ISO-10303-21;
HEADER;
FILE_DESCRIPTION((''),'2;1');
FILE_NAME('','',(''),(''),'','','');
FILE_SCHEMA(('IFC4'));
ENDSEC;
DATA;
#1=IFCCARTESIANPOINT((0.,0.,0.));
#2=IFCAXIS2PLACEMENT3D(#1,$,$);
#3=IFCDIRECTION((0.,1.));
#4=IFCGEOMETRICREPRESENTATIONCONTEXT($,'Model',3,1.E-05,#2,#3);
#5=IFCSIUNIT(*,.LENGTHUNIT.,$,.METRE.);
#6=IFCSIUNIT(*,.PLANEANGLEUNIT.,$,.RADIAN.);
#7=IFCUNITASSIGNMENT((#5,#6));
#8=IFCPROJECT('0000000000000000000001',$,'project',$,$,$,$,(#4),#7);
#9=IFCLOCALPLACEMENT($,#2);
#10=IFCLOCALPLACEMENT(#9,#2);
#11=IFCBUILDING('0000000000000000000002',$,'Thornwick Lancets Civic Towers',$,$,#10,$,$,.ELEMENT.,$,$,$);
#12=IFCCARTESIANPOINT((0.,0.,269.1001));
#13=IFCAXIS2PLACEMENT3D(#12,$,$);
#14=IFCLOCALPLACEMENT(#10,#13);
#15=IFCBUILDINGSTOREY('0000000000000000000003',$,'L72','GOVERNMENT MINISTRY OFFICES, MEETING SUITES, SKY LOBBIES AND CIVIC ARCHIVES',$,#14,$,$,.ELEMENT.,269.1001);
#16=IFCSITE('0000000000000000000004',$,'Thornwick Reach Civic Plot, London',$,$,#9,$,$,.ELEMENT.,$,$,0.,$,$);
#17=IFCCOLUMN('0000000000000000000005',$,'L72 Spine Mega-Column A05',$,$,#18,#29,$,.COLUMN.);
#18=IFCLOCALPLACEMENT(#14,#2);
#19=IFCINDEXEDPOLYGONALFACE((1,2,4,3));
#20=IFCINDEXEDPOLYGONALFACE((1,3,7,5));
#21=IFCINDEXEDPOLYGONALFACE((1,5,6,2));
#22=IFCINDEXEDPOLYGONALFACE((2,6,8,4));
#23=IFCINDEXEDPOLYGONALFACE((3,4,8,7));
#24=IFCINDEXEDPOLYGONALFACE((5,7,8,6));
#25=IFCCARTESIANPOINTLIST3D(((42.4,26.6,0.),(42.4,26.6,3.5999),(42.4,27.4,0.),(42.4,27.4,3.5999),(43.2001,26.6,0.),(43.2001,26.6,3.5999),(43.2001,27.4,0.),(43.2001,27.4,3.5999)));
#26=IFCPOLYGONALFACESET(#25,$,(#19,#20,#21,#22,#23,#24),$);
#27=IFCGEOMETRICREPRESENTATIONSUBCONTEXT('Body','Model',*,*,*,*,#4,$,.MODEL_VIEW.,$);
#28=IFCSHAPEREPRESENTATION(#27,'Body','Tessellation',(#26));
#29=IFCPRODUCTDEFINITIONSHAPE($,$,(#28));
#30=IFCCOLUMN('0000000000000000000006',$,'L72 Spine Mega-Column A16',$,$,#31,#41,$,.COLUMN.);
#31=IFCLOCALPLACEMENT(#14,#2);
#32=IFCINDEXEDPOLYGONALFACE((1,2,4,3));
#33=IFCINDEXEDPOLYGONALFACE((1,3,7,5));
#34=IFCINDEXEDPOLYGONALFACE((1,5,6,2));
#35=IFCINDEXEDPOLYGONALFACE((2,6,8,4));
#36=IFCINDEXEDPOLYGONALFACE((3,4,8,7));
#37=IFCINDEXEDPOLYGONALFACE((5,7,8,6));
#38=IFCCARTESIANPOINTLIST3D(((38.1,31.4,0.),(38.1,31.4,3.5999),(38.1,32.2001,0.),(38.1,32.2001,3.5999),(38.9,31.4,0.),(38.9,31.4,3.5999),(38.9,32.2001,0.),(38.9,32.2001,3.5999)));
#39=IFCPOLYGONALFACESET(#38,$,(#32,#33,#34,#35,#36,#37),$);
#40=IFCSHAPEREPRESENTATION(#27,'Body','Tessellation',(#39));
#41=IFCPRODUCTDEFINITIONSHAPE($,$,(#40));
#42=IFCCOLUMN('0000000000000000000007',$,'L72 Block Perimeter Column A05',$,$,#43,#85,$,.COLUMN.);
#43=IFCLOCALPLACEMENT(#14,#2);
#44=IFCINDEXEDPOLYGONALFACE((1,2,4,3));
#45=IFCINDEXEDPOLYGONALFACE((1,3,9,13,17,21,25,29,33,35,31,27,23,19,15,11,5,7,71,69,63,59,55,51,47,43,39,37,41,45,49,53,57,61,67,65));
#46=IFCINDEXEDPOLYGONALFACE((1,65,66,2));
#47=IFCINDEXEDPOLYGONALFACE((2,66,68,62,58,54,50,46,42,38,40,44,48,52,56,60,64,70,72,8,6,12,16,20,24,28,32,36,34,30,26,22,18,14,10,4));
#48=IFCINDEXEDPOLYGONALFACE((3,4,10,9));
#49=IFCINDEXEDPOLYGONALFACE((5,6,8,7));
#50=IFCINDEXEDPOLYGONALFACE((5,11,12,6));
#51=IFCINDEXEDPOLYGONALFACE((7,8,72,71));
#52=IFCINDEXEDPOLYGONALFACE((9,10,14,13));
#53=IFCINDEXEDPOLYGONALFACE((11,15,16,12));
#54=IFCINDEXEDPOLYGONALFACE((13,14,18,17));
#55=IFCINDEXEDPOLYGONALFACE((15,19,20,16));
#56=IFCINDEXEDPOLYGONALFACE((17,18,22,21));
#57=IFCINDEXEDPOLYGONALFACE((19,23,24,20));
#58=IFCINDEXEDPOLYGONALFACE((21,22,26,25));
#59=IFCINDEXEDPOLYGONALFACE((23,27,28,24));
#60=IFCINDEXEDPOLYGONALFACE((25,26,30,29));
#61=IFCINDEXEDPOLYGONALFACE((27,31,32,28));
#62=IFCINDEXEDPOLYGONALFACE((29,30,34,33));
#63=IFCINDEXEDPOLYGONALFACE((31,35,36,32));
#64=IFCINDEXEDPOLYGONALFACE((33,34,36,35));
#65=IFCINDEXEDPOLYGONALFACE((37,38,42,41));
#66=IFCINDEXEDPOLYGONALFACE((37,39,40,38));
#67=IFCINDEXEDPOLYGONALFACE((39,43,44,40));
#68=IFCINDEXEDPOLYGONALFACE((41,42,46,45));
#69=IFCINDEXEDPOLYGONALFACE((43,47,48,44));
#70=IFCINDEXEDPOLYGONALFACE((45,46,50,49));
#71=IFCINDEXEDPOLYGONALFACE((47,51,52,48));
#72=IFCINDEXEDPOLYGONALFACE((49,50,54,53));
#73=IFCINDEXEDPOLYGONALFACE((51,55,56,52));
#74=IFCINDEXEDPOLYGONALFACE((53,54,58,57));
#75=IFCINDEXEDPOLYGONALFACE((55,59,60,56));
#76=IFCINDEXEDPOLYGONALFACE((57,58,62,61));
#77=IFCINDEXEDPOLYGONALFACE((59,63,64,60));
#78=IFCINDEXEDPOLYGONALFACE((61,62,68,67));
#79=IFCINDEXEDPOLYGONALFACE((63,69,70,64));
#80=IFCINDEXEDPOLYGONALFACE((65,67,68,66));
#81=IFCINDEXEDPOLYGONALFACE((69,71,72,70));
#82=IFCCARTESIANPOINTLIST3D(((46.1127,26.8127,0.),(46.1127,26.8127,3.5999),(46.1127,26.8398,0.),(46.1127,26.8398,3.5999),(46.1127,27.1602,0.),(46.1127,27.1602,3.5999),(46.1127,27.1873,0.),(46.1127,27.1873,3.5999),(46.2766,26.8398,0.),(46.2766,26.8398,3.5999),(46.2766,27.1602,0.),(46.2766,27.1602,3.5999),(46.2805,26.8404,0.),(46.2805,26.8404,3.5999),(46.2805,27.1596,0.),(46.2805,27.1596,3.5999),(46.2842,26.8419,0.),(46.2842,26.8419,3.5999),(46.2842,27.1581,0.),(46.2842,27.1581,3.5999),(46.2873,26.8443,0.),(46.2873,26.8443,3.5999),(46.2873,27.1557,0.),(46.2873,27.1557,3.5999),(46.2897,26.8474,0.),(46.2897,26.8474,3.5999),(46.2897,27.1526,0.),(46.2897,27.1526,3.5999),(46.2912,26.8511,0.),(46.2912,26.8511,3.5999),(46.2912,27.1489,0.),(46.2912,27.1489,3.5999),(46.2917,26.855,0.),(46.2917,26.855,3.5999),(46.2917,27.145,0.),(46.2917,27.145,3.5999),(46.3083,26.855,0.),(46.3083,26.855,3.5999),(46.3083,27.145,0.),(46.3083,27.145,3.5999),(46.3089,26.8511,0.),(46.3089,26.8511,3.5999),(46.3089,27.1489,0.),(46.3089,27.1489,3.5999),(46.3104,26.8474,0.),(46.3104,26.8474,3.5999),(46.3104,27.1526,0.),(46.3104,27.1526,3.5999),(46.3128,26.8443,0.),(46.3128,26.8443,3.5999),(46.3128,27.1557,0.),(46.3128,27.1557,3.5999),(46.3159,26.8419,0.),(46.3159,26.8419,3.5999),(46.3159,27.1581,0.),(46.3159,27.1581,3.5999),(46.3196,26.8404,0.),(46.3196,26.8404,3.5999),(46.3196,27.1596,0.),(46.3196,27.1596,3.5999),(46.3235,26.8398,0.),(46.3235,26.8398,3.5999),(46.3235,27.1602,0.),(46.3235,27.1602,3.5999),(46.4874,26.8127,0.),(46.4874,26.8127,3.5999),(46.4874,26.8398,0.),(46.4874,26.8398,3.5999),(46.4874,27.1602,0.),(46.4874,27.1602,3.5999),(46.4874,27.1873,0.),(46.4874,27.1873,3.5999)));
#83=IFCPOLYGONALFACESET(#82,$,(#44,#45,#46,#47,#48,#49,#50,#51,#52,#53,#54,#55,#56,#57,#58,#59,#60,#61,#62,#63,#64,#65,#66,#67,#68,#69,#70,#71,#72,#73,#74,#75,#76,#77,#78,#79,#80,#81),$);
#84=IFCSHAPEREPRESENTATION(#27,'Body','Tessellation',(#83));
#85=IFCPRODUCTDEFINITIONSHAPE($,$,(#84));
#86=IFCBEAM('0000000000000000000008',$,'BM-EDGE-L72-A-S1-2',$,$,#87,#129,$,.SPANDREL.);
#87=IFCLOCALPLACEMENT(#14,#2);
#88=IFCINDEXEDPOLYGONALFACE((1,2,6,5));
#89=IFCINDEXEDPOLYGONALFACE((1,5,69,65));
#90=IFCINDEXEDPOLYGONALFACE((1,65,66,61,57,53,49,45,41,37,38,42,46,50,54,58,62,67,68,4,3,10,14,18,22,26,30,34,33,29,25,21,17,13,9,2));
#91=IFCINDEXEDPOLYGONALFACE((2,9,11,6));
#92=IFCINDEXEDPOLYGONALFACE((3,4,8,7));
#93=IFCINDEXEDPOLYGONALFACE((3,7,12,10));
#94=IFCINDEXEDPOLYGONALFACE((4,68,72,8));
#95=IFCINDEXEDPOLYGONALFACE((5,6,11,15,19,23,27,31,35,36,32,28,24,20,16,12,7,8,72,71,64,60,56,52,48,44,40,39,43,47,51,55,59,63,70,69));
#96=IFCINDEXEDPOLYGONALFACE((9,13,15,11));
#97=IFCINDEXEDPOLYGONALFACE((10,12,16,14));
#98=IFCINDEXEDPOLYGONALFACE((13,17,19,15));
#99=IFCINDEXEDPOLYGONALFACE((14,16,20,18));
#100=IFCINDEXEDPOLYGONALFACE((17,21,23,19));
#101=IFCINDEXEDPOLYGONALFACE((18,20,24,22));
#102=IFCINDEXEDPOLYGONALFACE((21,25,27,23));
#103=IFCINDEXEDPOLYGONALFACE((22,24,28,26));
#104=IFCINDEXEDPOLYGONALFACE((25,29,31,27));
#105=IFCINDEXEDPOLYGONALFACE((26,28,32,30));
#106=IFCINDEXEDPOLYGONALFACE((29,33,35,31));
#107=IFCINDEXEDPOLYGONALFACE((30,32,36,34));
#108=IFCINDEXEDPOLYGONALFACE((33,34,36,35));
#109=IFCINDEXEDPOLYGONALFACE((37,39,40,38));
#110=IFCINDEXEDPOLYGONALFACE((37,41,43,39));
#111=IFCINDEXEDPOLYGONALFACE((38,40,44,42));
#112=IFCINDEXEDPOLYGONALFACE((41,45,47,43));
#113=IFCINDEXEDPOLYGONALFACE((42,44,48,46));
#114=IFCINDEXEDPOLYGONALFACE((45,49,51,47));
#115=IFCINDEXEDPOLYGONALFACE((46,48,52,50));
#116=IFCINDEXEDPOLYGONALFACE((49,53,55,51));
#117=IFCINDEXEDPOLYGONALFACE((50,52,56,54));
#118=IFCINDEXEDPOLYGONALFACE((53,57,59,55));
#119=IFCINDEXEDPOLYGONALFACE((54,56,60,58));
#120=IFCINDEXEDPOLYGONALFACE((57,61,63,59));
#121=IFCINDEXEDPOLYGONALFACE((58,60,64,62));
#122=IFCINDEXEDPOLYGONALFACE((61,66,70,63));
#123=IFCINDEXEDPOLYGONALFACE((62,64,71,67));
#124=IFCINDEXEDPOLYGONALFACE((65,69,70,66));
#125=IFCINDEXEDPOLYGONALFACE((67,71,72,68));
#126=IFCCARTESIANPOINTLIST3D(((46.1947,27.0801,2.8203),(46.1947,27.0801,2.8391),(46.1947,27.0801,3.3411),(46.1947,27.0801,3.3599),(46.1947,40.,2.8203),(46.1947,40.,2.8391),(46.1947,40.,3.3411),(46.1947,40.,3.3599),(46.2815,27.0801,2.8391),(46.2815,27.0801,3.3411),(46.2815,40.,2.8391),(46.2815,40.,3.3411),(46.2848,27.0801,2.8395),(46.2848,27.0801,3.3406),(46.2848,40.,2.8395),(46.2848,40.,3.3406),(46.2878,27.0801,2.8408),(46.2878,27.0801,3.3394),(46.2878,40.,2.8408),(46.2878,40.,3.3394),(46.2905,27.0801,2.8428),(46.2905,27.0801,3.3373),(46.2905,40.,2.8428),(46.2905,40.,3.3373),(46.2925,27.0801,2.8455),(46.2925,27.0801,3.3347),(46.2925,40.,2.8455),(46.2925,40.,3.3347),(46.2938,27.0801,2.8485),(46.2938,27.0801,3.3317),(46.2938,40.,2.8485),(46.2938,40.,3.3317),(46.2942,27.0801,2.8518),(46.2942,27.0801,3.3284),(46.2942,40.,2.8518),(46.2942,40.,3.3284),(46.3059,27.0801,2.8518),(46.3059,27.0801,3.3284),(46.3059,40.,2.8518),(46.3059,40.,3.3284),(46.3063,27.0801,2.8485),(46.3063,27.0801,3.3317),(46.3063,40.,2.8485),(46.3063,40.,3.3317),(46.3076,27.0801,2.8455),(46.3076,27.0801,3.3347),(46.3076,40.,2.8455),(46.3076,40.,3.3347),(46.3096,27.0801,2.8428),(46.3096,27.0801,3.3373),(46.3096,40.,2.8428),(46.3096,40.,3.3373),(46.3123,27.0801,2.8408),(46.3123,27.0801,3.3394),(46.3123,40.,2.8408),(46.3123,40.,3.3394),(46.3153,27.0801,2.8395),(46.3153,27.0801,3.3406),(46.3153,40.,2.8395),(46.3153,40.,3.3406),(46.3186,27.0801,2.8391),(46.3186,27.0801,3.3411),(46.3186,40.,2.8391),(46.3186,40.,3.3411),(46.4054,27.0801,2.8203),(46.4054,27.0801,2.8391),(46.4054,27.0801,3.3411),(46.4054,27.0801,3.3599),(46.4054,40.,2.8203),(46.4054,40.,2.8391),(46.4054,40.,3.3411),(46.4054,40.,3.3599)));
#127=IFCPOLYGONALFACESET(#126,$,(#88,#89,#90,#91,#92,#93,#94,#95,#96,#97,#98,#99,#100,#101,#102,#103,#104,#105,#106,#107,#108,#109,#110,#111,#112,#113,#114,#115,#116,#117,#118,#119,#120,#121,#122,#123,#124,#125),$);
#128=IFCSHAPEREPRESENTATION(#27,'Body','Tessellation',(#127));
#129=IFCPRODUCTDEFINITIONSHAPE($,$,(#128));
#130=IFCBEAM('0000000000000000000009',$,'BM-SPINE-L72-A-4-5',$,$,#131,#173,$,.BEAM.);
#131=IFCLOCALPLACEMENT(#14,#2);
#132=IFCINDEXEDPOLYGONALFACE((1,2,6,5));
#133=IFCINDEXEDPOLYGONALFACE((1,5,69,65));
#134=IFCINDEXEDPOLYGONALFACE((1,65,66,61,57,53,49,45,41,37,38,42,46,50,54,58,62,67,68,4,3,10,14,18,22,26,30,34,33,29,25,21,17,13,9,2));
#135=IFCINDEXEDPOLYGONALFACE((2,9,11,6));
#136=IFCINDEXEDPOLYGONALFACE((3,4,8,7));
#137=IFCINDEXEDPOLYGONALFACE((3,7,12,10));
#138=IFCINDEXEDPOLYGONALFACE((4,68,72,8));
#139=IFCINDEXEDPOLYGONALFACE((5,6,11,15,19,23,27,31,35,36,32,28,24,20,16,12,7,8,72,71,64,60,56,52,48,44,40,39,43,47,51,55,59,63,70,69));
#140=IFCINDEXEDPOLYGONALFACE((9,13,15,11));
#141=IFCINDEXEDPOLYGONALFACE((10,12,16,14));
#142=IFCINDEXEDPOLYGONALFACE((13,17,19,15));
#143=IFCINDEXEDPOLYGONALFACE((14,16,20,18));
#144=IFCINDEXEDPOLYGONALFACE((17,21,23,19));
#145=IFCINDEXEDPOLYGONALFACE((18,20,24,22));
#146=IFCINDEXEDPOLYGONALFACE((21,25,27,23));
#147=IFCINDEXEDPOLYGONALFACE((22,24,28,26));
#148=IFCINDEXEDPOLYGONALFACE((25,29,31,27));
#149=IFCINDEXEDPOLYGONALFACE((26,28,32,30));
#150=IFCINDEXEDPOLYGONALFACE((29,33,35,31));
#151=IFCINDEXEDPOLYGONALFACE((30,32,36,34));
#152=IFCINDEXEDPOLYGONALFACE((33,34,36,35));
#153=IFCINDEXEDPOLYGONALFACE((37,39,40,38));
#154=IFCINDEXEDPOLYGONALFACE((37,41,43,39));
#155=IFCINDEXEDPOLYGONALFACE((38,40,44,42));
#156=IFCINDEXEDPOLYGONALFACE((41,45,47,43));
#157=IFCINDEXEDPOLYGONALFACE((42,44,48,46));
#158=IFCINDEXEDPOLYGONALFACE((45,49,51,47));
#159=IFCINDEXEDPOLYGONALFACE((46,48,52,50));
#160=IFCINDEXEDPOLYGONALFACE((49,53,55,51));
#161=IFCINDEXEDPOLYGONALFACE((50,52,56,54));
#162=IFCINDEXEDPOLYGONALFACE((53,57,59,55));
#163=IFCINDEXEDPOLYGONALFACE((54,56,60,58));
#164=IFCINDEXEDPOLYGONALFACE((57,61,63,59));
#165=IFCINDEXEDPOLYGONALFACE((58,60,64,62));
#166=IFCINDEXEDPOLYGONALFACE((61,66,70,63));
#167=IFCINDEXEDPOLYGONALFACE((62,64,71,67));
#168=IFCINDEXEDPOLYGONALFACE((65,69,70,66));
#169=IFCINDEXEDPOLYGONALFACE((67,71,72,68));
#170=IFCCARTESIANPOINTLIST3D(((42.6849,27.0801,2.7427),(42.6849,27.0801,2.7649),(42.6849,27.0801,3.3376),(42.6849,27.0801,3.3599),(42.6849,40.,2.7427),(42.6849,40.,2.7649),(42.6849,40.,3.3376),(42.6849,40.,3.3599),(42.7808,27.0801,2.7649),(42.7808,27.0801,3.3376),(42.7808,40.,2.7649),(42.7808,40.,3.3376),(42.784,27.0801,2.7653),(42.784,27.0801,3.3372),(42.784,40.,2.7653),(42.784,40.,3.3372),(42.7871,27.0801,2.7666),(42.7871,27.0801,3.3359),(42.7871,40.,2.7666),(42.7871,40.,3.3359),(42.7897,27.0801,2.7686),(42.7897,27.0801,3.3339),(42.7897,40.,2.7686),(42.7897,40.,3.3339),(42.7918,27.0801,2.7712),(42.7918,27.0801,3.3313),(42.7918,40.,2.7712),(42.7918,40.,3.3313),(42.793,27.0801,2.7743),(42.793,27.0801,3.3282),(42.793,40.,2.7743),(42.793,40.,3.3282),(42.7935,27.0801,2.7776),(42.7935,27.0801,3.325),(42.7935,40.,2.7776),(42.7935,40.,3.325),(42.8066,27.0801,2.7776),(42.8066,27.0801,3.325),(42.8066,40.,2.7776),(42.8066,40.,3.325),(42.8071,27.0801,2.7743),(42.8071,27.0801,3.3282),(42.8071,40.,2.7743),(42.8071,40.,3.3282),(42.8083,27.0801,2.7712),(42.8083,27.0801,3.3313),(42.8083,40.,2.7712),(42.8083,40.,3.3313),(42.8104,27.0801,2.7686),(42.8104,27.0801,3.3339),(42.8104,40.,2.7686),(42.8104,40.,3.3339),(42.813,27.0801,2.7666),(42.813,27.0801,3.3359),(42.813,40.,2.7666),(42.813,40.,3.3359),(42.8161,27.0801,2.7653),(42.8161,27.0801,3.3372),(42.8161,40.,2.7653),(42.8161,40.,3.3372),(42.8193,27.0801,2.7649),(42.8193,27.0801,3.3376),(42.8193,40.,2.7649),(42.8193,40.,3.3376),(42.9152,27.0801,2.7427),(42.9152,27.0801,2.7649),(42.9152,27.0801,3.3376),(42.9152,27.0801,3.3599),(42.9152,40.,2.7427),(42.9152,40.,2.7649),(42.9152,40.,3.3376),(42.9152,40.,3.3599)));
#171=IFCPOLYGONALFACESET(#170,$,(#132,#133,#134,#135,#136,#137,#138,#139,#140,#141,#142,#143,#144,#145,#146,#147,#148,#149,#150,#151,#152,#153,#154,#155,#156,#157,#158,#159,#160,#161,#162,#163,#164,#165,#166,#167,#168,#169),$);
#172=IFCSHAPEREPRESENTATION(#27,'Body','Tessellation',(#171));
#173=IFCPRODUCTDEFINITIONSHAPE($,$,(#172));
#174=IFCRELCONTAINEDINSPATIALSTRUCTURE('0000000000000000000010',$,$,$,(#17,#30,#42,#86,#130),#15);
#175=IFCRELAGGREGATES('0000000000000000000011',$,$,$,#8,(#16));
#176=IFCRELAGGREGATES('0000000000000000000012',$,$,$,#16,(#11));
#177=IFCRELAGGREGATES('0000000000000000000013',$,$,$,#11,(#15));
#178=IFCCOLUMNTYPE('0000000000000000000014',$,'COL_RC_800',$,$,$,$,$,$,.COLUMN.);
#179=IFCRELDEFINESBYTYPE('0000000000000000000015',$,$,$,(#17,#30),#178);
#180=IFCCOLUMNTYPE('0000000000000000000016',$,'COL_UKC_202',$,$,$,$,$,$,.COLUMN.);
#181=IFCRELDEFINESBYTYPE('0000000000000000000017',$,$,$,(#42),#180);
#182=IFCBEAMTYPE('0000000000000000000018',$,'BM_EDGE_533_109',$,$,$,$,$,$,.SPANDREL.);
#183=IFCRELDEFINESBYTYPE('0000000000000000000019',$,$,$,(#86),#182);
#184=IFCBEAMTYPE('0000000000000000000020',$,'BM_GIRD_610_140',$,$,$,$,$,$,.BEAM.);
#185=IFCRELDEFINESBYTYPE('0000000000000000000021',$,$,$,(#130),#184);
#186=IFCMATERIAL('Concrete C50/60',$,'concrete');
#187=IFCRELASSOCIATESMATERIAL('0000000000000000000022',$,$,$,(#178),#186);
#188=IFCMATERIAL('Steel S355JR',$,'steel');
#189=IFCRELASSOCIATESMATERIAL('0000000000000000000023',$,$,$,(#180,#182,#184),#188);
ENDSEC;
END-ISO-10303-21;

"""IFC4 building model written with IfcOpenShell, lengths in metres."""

from ifc_helpers import new_model, si_unit, direction, frame, origin, origin_2d, place, context, subcontext, project, spatial, rectangle, i_section, extrude, material, material_profile, profile_set, type_object, element, save


model = new_model("IFC4")

# Units and contexts
model_context = context("Model", 3, precision=1e-05, world=origin(), true_north=direction((0.0, 1.0)))
body_context = subcontext(model_context, "Body", "Model", "MODEL_VIEW")
ifc_project = project(units=[si_unit("LENGTHUNIT", "METRE"), si_unit("PLANEANGLEUNIT", "RADIAN")], contexts=[model_context])

# Site, building, storey
site_placement = place(None, origin())
site = spatial("IfcSite", under=ifc_project, at=site_placement, Name="Thornwick Reach Civic Plot, London", CompositionType="ELEMENT", RefElevation=0.0)
building_placement = place(site_placement, origin())
building = spatial("IfcBuilding", under=site, at=building_placement, Name="Thornwick Lancets Civic Towers", CompositionType="ELEMENT")
storey_placement = place(building_placement, frame((0.0, 0.0, 269.1001)))
storey = spatial("IfcBuildingStorey", under=building, at=storey_placement, Name="L72", Description="GOVERNMENT MINISTRY OFFICES, MEETING SUITES, SKY LOBBIES AND CIVIC ARCHIVES", CompositionType="ELEMENT", Elevation=269.1001)

# Columns
ifc_material_1 = material(Name="Concrete C50/60", Category="concrete")
ifc_material_profile_1 = material_profile(ifc_material_1, rectangle(XDim=0.8, YDim=0.8, at=origin_2d()), Name="RC 800x800")
ifc_profile_set_1 = profile_set([ifc_material_profile_1], Name="Concrete C50/60")
column_type_1 = type_object("IfcColumnType", Name="COL_RC_800", PredefinedType="COLUMN", material=ifc_profile_set_1)
for number, where, z_axis, x_axis, name in (
    (1, (42.8, 27.0, 0.0), (0.0, 0.0, 1.0), (1.0, 0.0, 0.0), "L72 Spine Mega-Column A05"),
    (2, (38.5, 31.8, 0.0), (0.0, 0.0, 1.0), (1.0, 0.0, 0.0), "L72 Spine Mega-Column A16"),
):
    element("IfcColumn", number, at=place(storey_placement, frame(where, z_axis=z_axis, x_axis=x_axis)), inside=storey, type_object=column_type_1, Name=name, PredefinedType="COLUMN", context=body_context, shape_type="SweptSolid", body=[
        extrude(rectangle(XDim=0.8, YDim=0.8, at=origin_2d()), origin(), (0.0, 0.0, 1.0), 3.5999),
    ])
ifc_material_2 = material(Name="Steel S355JR", Category="steel")
ifc_material_profile_2 = material_profile(ifc_material_2, i_section(OverallWidth=0.3748, OverallDepth=0.3745, WebThickness=0.0166, FlangeThickness=0.0271, FilletRadius=0.0151, at=origin_2d()), Name="UKC 356x368x202")
ifc_profile_set_2 = profile_set([ifc_material_profile_2], Name="Steel S355JR")
column_type_2 = type_object("IfcColumnType", Name="COL_UKC_202", PredefinedType="COLUMN", material=ifc_profile_set_2)
column_placement = place(storey_placement, frame((46.3, 27.0, 0.0), z_axis=(0.0, 0.0, 1.0), x_axis=(1.0, 0.0, 0.0)))
element("IfcColumn", 3, at=column_placement, inside=storey, type_object=column_type_2, Name="L72 Block Perimeter Column A05", PredefinedType="COLUMN", context=body_context, shape_type="SweptSolid", body=[
    extrude(i_section(OverallWidth=0.3748, OverallDepth=0.3745, WebThickness=0.0166, FlangeThickness=0.0271, FilletRadius=0.0151, at=origin_2d()), origin(), (0.0, 0.0, 1.0), 3.5999),
])

# Beams
ifc_material_profile_3 = material_profile(ifc_material_2, i_section(OverallWidth=0.2107, OverallDepth=0.5396, WebThickness=0.0117, FlangeThickness=0.0188, FilletRadius=0.0127, at=origin_2d()), Name="UKB 533x210x109")
ifc_profile_set_3 = profile_set([ifc_material_profile_3], Name="Steel S355JR")
beam_type_1 = type_object("IfcBeamType", Name="BM_EDGE_533_109", PredefinedType="SPANDREL", material=ifc_profile_set_3)
beam_1_placement = place(storey_placement, frame((46.3, 27.0801, 3.0901), z_axis=(0.0, 1.0, 0.0), x_axis=(-1.0, 0.0, 0.0)))
element("IfcBeam", 4, at=beam_1_placement, inside=storey, type_object=beam_type_1, Name="BM-EDGE-L72-A-S1-2", PredefinedType="SPANDREL", context=body_context, shape_type="SweptSolid", body=[
    extrude(i_section(OverallWidth=0.2107, OverallDepth=0.5396, WebThickness=0.0117, FlangeThickness=0.0188, FilletRadius=0.0127, at=origin_2d()), origin(), (0.0, 0.0, 1.0), 12.9199),
])
ifc_material_profile_4 = material_profile(ifc_material_2, i_section(OverallWidth=0.2302, OverallDepth=0.6172, WebThickness=0.0132, FlangeThickness=0.0222, FilletRadius=0.0127, at=origin_2d()), Name="UKB 610x229x140")
ifc_profile_set_4 = profile_set([ifc_material_profile_4], Name="Steel S355JR")
beam_type_2 = type_object("IfcBeamType", Name="BM_GIRD_610_140", PredefinedType="BEAM", material=ifc_profile_set_4)
beam_2_placement = place(storey_placement, frame((42.8, 27.0801, 3.0513), z_axis=(0.0, 1.0, 0.0), x_axis=(-1.0, 0.0, 0.0)))
element("IfcBeam", 5, at=beam_2_placement, inside=storey, type_object=beam_type_2, Name="BM-SPINE-L72-A-4-5", PredefinedType="BEAM", context=body_context, shape_type="SweptSolid", body=[
    extrude(i_section(OverallWidth=0.2302, OverallDepth=0.6172, WebThickness=0.0132, FlangeThickness=0.0222, FilletRadius=0.0127, at=origin_2d()), origin(), (0.0, 0.0, 1.0), 12.9199),
])

save(model, "model.ifc")
